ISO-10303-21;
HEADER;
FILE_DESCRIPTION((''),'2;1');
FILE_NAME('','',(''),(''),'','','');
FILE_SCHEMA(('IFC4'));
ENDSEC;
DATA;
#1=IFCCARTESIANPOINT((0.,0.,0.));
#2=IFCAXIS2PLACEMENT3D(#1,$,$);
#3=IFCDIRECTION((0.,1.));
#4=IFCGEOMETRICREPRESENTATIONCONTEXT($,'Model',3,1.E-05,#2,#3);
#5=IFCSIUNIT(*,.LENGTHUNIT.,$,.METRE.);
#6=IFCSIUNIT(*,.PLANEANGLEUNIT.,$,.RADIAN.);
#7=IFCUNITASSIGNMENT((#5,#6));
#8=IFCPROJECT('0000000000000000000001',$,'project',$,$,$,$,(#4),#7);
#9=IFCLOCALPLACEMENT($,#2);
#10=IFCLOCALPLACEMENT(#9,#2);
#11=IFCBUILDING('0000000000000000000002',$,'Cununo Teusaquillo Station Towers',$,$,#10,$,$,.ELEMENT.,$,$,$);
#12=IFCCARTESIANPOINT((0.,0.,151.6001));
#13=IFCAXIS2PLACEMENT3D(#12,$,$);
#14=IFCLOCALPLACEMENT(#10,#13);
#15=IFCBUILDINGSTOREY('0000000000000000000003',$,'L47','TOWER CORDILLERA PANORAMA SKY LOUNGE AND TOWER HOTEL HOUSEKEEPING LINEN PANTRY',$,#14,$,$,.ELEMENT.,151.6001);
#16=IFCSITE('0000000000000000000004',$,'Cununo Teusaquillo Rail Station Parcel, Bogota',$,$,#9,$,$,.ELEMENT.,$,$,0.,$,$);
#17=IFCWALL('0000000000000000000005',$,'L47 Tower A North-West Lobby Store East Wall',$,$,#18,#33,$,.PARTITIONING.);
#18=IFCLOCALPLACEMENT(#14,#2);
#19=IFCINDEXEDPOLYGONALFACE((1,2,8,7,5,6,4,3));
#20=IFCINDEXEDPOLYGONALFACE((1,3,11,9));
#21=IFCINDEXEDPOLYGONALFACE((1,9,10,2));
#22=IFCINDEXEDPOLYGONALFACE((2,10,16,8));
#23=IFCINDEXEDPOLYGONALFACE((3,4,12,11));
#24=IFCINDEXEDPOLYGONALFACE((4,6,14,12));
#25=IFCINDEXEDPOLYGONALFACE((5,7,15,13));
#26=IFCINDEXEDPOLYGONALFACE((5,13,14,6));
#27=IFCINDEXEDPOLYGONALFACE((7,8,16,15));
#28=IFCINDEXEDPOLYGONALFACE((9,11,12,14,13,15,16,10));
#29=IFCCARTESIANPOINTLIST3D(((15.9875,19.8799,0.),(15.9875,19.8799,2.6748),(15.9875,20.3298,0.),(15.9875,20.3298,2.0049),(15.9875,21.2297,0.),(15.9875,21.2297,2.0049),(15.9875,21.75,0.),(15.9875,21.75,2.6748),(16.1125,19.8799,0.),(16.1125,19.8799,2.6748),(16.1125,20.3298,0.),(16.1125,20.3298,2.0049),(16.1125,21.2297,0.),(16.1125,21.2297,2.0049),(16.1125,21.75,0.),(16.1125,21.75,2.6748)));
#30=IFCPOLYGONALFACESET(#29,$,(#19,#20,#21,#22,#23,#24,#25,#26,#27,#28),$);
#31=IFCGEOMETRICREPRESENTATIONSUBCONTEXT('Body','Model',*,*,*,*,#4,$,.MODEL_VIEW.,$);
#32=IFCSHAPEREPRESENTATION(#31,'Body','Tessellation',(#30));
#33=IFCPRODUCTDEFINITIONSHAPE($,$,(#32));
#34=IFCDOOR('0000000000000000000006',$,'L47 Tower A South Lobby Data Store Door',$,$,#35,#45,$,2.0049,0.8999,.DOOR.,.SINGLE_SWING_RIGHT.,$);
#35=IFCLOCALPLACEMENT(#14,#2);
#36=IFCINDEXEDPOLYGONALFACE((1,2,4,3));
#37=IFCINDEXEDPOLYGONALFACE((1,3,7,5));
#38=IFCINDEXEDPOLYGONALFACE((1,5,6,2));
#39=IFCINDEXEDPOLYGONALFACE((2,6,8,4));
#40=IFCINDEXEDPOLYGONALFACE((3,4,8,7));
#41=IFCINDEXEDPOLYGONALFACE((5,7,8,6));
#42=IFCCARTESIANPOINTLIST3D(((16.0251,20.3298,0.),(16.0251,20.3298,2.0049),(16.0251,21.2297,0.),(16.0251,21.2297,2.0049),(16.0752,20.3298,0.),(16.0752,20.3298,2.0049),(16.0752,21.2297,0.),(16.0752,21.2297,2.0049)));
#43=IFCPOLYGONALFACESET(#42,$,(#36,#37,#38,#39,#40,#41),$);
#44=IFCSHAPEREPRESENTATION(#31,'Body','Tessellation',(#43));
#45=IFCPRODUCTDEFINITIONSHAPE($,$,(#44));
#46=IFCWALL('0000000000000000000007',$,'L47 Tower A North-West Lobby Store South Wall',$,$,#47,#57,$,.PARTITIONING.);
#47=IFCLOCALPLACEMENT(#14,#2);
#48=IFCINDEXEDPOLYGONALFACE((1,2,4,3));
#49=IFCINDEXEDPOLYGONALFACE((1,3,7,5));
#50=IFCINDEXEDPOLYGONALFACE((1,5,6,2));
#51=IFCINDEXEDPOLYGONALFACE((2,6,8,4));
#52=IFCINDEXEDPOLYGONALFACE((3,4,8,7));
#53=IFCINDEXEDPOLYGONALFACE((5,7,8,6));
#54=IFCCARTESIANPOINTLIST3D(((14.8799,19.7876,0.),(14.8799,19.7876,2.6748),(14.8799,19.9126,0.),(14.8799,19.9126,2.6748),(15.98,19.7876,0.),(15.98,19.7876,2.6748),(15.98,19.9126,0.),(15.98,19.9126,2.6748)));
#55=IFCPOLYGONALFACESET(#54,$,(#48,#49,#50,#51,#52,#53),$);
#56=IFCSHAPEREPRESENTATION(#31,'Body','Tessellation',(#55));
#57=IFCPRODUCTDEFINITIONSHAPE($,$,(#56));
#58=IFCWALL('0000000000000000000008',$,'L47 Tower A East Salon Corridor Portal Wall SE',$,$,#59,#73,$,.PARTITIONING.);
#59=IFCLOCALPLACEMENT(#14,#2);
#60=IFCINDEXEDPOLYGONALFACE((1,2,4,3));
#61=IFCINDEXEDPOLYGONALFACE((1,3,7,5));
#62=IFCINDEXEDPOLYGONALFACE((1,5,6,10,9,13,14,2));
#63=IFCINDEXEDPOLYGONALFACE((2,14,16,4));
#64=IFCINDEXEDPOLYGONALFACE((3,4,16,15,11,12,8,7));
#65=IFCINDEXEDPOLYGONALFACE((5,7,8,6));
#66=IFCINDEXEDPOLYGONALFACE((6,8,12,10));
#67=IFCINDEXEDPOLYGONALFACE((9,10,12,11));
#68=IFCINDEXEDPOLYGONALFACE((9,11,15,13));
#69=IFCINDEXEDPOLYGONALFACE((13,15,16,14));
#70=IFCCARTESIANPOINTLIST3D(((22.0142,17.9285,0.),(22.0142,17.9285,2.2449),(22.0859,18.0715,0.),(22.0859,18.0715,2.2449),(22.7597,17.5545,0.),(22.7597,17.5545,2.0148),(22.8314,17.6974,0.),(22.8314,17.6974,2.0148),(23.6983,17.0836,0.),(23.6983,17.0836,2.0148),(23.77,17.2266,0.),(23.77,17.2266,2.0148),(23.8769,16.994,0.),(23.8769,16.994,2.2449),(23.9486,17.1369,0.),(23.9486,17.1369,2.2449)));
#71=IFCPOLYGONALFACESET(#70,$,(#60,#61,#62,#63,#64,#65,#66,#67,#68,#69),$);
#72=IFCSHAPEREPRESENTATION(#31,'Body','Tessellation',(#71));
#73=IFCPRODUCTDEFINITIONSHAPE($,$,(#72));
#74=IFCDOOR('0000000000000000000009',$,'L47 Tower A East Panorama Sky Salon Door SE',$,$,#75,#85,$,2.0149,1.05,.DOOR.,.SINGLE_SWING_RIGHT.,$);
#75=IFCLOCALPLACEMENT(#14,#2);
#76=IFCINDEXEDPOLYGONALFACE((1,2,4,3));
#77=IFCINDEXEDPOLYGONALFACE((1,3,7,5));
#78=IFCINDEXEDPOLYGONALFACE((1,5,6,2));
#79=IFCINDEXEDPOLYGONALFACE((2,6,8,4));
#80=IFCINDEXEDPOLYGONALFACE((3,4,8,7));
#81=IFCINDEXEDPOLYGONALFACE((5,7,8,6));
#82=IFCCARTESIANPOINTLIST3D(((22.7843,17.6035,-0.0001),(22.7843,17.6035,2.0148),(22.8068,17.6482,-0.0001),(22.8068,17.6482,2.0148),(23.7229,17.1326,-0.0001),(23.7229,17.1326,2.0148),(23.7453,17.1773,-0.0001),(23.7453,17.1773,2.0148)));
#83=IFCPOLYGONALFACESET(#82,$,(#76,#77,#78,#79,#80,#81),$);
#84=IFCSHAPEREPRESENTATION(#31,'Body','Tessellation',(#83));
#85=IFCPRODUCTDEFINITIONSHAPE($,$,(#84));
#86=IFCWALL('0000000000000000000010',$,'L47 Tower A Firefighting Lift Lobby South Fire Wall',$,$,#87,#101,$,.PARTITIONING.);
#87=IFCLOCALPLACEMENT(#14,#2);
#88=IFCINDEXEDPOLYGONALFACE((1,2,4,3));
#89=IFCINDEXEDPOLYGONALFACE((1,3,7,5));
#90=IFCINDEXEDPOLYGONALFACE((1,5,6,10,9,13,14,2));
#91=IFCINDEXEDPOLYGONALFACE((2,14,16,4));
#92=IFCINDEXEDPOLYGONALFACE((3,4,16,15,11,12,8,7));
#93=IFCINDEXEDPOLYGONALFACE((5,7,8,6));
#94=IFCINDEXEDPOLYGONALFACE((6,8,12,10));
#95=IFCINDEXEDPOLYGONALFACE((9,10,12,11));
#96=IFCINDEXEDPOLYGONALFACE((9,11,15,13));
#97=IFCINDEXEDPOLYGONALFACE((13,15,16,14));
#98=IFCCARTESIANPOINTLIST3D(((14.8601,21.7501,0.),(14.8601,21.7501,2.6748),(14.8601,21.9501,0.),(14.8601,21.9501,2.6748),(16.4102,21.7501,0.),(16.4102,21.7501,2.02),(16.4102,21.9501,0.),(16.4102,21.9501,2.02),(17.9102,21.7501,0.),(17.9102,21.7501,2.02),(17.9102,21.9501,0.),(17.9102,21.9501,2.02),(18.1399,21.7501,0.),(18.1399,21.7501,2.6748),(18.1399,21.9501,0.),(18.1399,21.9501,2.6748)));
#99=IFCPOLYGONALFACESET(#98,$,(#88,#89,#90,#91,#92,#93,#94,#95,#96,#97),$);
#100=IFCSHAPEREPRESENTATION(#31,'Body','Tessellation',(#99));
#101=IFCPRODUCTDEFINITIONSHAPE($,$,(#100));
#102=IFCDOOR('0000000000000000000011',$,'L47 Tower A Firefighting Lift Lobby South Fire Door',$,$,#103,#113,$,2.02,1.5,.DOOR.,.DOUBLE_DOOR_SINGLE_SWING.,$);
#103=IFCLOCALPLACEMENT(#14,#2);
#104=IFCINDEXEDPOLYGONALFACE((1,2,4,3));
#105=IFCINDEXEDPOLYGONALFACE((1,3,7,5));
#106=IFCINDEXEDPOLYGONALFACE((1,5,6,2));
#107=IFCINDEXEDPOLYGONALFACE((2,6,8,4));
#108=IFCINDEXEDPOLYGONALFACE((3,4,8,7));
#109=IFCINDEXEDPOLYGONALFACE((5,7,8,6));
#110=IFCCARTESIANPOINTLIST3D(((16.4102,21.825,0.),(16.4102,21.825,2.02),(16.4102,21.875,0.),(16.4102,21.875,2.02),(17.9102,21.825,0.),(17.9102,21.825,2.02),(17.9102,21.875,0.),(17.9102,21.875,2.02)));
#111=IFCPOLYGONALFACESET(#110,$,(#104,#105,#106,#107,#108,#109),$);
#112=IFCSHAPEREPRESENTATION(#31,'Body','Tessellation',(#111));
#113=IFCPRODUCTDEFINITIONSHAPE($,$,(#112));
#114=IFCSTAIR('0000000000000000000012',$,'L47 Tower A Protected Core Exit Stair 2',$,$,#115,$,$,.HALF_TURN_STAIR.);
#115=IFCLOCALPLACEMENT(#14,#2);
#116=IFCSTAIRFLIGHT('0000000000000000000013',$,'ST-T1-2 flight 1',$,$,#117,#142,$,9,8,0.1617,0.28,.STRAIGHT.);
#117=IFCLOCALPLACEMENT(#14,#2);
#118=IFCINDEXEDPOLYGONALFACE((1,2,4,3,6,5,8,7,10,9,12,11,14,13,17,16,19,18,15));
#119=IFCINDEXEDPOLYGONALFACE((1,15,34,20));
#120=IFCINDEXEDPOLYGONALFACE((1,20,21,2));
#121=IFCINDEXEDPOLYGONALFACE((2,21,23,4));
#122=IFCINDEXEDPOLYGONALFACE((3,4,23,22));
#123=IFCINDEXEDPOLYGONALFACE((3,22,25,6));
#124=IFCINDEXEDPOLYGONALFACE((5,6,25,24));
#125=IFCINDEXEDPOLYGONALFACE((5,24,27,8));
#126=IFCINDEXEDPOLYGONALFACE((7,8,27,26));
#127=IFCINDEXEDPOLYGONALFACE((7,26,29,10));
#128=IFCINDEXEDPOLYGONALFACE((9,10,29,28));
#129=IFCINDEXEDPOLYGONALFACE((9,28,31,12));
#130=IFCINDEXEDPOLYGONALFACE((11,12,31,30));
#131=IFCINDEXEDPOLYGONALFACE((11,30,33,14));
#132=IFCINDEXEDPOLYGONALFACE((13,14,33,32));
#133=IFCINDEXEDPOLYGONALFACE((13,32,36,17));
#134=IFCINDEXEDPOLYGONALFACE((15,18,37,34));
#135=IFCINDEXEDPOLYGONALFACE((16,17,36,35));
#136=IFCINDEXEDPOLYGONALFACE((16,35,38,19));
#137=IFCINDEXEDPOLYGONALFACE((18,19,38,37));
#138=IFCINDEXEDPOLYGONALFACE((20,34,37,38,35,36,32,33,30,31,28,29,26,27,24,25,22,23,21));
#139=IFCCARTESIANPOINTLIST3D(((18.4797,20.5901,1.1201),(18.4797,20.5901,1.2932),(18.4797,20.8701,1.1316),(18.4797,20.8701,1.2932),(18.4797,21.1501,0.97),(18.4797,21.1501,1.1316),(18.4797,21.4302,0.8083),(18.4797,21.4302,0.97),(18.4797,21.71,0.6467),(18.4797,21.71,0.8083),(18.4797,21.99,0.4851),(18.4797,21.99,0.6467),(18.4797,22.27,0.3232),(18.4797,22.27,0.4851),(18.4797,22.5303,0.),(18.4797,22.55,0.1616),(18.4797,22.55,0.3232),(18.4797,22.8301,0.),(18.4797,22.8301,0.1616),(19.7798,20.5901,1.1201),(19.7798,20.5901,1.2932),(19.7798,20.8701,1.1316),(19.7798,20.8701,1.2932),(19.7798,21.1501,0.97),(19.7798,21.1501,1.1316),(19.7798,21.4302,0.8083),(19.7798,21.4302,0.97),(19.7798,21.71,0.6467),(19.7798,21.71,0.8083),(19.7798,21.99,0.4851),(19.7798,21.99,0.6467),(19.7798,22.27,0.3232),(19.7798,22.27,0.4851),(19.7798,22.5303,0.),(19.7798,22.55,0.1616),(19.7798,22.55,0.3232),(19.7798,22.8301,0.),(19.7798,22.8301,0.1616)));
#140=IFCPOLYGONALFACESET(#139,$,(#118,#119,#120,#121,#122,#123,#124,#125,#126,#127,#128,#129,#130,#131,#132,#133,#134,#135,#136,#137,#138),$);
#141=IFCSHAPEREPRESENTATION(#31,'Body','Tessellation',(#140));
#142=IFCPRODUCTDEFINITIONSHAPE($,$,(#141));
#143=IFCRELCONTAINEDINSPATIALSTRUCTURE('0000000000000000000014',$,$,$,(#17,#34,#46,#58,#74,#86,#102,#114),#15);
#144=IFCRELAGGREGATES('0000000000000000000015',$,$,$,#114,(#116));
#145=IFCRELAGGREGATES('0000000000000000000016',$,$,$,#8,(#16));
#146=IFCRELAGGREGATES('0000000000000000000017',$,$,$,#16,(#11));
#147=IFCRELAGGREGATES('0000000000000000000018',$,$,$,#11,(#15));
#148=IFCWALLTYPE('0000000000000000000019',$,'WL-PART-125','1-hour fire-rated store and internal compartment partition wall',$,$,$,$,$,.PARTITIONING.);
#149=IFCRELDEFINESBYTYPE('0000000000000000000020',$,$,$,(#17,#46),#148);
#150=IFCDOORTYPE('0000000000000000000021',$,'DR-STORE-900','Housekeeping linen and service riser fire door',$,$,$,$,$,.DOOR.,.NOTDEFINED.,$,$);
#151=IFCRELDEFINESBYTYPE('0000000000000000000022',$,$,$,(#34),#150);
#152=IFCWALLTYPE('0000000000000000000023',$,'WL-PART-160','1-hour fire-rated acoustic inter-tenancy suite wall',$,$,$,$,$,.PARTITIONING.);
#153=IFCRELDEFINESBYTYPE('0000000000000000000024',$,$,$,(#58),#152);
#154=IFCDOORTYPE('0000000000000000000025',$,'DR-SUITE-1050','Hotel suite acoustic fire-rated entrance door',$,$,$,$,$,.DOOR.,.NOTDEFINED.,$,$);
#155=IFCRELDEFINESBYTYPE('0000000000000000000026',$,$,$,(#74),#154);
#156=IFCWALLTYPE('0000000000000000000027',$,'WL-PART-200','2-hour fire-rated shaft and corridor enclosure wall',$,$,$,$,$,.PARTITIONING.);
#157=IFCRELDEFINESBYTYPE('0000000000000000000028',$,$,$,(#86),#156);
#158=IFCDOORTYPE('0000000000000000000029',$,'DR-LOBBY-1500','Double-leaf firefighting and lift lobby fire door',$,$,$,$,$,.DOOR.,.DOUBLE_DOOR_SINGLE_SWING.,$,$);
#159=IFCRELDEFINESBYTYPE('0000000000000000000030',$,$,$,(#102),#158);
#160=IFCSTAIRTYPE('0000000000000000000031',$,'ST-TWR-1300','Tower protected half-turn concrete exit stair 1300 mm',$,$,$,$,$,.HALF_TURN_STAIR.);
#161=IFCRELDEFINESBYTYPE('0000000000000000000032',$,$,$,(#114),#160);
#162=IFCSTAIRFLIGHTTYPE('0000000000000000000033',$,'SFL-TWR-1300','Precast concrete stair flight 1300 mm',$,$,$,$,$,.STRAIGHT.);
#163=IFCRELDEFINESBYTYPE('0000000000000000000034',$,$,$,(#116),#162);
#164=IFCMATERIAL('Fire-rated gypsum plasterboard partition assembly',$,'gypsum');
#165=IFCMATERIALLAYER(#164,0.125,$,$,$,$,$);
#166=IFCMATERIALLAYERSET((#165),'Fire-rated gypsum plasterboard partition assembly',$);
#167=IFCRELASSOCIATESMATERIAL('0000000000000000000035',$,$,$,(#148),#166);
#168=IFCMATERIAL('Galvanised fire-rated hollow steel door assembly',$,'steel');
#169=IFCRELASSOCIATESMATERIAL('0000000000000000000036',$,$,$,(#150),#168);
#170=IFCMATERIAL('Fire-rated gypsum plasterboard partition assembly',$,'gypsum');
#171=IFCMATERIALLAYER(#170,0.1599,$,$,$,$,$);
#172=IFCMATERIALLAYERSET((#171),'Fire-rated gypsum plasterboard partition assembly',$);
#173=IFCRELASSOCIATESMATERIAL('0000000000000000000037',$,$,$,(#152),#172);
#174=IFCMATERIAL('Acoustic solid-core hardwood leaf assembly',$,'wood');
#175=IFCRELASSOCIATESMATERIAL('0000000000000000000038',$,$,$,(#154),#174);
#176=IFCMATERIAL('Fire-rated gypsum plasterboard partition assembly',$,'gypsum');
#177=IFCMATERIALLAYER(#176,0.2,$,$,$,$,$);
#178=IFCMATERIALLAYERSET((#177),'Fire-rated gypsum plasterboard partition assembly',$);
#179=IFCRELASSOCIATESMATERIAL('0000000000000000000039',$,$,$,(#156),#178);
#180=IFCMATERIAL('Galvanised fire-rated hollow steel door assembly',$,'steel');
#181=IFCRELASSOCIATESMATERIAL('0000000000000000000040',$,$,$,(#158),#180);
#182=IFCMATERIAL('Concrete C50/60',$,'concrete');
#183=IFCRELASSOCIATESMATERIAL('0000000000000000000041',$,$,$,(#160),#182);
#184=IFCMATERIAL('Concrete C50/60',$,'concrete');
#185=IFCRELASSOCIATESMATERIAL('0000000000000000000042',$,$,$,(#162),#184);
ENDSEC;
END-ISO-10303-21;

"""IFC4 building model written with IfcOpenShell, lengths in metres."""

from ifc_helpers import new_model, si_unit, direction, frame, frame_2d, origin, place, context, subcontext, project, spatial, polyline, rectangle, outline, extrude, source, transform, mapped, material, layer, layer_set, type_object, element, fill, aggregate, save


model = new_model("IFC4")

# Units and contexts
model_context = context("Model", 3, precision=1e-05, world=origin(), true_north=direction((0.0, 1.0)))
body_context = subcontext(model_context, "Body", "Model", "MODEL_VIEW")
ifc_project = project(units=[si_unit("LENGTHUNIT", "METRE"), si_unit("PLANEANGLEUNIT", "RADIAN")], contexts=[model_context])

# Site, building, storey
site_placement = place(None, origin())
site = spatial("IfcSite", under=ifc_project, at=site_placement, Name="Cununo Teusaquillo Rail Station Parcel, Bogota", CompositionType="ELEMENT", RefElevation=0.0)
building_placement = place(site_placement, origin())
building = spatial("IfcBuilding", under=site, at=building_placement, Name="Cununo Teusaquillo Station Towers", CompositionType="ELEMENT")
storey_placement = place(building_placement, frame((0.0, 0.0, 151.6001)))
storey = spatial("IfcBuildingStorey", under=building, at=storey_placement, Name="L47", Description="TOWER CORDILLERA PANORAMA SKY LOUNGE AND TOWER HOTEL HOUSEKEEPING LINEN PANTRY", CompositionType="ELEMENT", Elevation=151.6001)

# Wall, opening, door
ifc_material_1 = material(Name="Fire-rated gypsum plasterboard partition assembly", Category="gypsum")
ifc_layer_1 = layer(ifc_material_1, 0.125)
ifc_layer_set_1 = layer_set([ifc_layer_1], Name="Fire-rated gypsum plasterboard partition assembly")
wall_type_1 = type_object("IfcWallType", Name="WL-PART-125", Description="1-hour fire-rated store and internal compartment partition wall", PredefinedType="PARTITIONING", material=ifc_layer_set_1)
wall_1_placement = place(storey_placement, frame((16.05, 19.8799, 0.0), z_axis=(0.0, 0.0, 1.0), x_axis=(0.0, 1.0, 0.0)))
wall_1 = element("IfcWall", 1, at=wall_1_placement, inside=storey, type_object=wall_type_1, Name="L47 Tower A North-West Lobby Store East Wall", PredefinedType="PARTITIONING", context=body_context, shape_type="SweptSolid", body=[
    extrude(rectangle(XDim=1.8701, YDim=0.125, at=frame_2d((0.9351, 0.0))), origin(), (0.0, 0.0, 1.0), 2.6748),
])
shared_shape_1 = source(origin(), body_context, "Body", "SweptSolid", [
    extrude(rectangle(XDim=0.8999, YDim=2.0049, at=frame_2d((0.45, 1.0024))), frame((0.0, 0.0725, 0.0), z_axis=(0.0, -1.0, 0.0), x_axis=(1.0, 0.0, 0.0)), (0.0, 0.0, 1.0), 0.145),
])
opening_1_placement = place(wall_1_placement, frame((0.45, 0.0, 0.0)))
opening_1 = element("IfcOpeningElement", 2, at=opening_1_placement, cuts=wall_1, PredefinedType="OPENING", context=body_context, shape_type="MappedRepresentation", body=[
    mapped(shared_shape_1, transform((0.0, 0.0, 0.0), x_axis=(1.0, 0.0, 0.0), y_axis=(0.0, 1.0, 0.0), z_axis=(0.0, 0.0, 1.0), scale=1.0)),
])
ifc_material_2 = material(Name="Galvanised fire-rated hollow steel door assembly", Category="steel")
door_type_1 = type_object("IfcDoorType", Name="DR-STORE-900", Description="Housekeeping linen and service riser fire door", OperationType="NOTDEFINED", PredefinedType="DOOR", material=ifc_material_2)
shared_shape_2 = source(origin(), body_context, "Body", "SweptSolid", [
    extrude(rectangle(XDim=0.8999, YDim=2.0049, at=frame_2d((0.45, 1.0024))), frame((0.0, 0.0249, 0.0), z_axis=(0.0, -1.0, 0.0), x_axis=(1.0, 0.0, 0.0)), (0.0, 0.0, 1.0), 0.05),
])
door_1_placement = place(opening_1_placement, origin())
door_1 = element("IfcDoor", 3, at=door_1_placement, inside=storey, type_object=door_type_1, Name="L47 Tower A South Lobby Data Store Door", OperationType="SINGLE_SWING_RIGHT", OverallHeight=2.0049, OverallWidth=0.8999, PredefinedType="DOOR", context=body_context, shape_type="MappedRepresentation", body=[
    mapped(shared_shape_2, transform((0.0, 0.0, 0.0), x_axis=(1.0, 0.0, 0.0), y_axis=(0.0, 1.0, 0.0), z_axis=(0.0, 0.0, 1.0), scale=1.0)),
])
fill(opening_1, door_1)

# Wall
wall_2_placement = place(storey_placement, frame((14.8799, 19.8501, 0.0), z_axis=(0.0, 0.0, 1.0), x_axis=(1.0, 0.0, 0.0)))
element("IfcWall", 4, at=wall_2_placement, inside=storey, type_object=wall_type_1, Name="L47 Tower A North-West Lobby Store South Wall", PredefinedType="PARTITIONING", context=body_context, shape_type="SweptSolid", body=[
    extrude(rectangle(XDim=1.1001, YDim=0.125, at=frame_2d((0.55, 0.0))), origin(), (0.0, 0.0, 1.0), 2.6748),
])

# Walls, openings, doors
ifc_material_3 = material(Name="Fire-rated gypsum plasterboard partition assembly", Category="gypsum")
ifc_layer_2 = layer(ifc_material_3, 0.1599)
ifc_layer_set_2 = layer_set([ifc_layer_2], Name="Fire-rated gypsum plasterboard partition assembly")
wall_type_2 = type_object("IfcWallType", Name="WL-PART-160", Description="1-hour fire-rated acoustic inter-tenancy suite wall", PredefinedType="PARTITIONING", material=ifc_layer_set_2)
wall_3_placement = place(storey_placement, frame((22.05, 18.0, 0.0), z_axis=(0.0, 0.0, 1.0), x_axis=(0.893817, -0.448431, 0.0)))
wall_3 = element("IfcWall", 5, at=wall_3_placement, inside=storey, type_object=wall_type_2, Name="L47 Tower A East Salon Corridor Portal Wall SE", PredefinedType="PARTITIONING", context=body_context, shape_type="SweptSolid", body=[
    extrude(rectangle(XDim=2.084, YDim=0.1599, at=frame_2d((1.042, 0.0))), origin(), (0.0, 0.0, 1.0), 2.2449),
])
shared_shape_3 = source(origin(), body_context, "Body", "SweptSolid", [
    extrude(rectangle(XDim=1.05, YDim=2.0149, at=frame_2d((0.5249, 1.0073))), frame((0.0, 0.0898, 0.0), z_axis=(0.0, -1.0, 0.0), x_axis=(1.0, 0.0, 0.0)), (0.0, 0.0, 1.0), 0.1799),
])
opening_2_placement = place(wall_3_placement, frame((0.8342, 0.0, 0.0)))
opening_2 = element("IfcOpeningElement", 6, at=opening_2_placement, cuts=wall_3, PredefinedType="OPENING", context=body_context, shape_type="MappedRepresentation", body=[
    mapped(shared_shape_3, transform((0.0, 0.0, 0.0), x_axis=(1.0, 0.0, 0.0), y_axis=(0.0, 1.0, 0.0), z_axis=(0.0, 0.0, 1.0), scale=1.0)),
])
ifc_material_4 = material(Name="Acoustic solid-core hardwood leaf assembly", Category="wood")
door_type_2 = type_object("IfcDoorType", Name="DR-SUITE-1050", Description="Hotel suite acoustic fire-rated entrance door", OperationType="NOTDEFINED", PredefinedType="DOOR", material=ifc_material_4)
shared_shape_4 = source(origin(), body_context, "Body", "SweptSolid", [
    extrude(rectangle(XDim=1.05, YDim=2.0149, at=frame_2d((0.5249, 1.0073))), frame((0.0, 0.0249, 0.0), z_axis=(0.0, -1.0, 0.0), x_axis=(1.0, 0.0, 0.0)), (0.0, 0.0, 1.0), 0.05),
])
door_2_placement = place(opening_2_placement, origin())
door_2 = element("IfcDoor", 7, at=door_2_placement, inside=storey, type_object=door_type_2, Name="L47 Tower A East Panorama Sky Salon Door SE", OperationType="SINGLE_SWING_RIGHT", OverallHeight=2.0149, OverallWidth=1.05, PredefinedType="DOOR", context=body_context, shape_type="MappedRepresentation", body=[
    mapped(shared_shape_4, transform((0.0, 0.0, 0.0), x_axis=(1.0, 0.0, 0.0), y_axis=(0.0, 1.0, 0.0), z_axis=(0.0, 0.0, 1.0), scale=1.0)),
])
fill(opening_2, door_2)
ifc_material_5 = material(Name="Fire-rated gypsum plasterboard partition assembly", Category="gypsum")
ifc_layer_3 = layer(ifc_material_5, 0.2)
ifc_layer_set_3 = layer_set([ifc_layer_3], Name="Fire-rated gypsum plasterboard partition assembly")
wall_type_3 = type_object("IfcWallType", Name="WL-PART-200", Description="2-hour fire-rated shaft and corridor enclosure wall", PredefinedType="PARTITIONING", material=ifc_layer_set_3)
wall_4_placement = place(storey_placement, frame((14.8601, 21.8501, 0.0), z_axis=(0.0, 0.0, 1.0), x_axis=(1.0, 0.0, 0.0)))
wall_4 = element("IfcWall", 8, at=wall_4_placement, inside=storey, type_object=wall_type_3, Name="L47 Tower A Firefighting Lift Lobby South Fire Wall", PredefinedType="PARTITIONING", context=body_context, shape_type="SweptSolid", body=[
    extrude(rectangle(XDim=3.2798, YDim=0.2, at=frame_2d((1.6399, 0.0))), origin(), (0.0, 0.0, 1.0), 2.6748),
])
shared_shape_5 = source(origin(), body_context, "Body", "SweptSolid", [
    extrude(rectangle(XDim=1.5, YDim=2.02, at=frame_2d((0.75, 1.01))), frame((0.0, 0.1099, 0.0), z_axis=(0.0, -1.0, 0.0), x_axis=(1.0, 0.0, 0.0)), (0.0, 0.0, 1.0), 0.22),
])
opening_3_placement = place(wall_4_placement, frame((1.55, 0.0, 0.0)))
opening_3 = element("IfcOpeningElement", 9, at=opening_3_placement, cuts=wall_4, PredefinedType="OPENING", context=body_context, shape_type="MappedRepresentation", body=[
    mapped(shared_shape_5, transform((0.0, 0.0, 0.0), x_axis=(1.0, 0.0, 0.0), y_axis=(0.0, 1.0, 0.0), z_axis=(0.0, 0.0, 1.0), scale=1.0)),
])
ifc_material_6 = material(Name="Galvanised fire-rated hollow steel door assembly", Category="steel")
door_type_3 = type_object("IfcDoorType", Name="DR-LOBBY-1500", Description="Double-leaf firefighting and lift lobby fire door", OperationType="DOUBLE_DOOR_SINGLE_SWING", PredefinedType="DOOR", material=ifc_material_6)
shared_shape_6 = source(origin(), body_context, "Body", "SweptSolid", [
    extrude(rectangle(XDim=1.5, YDim=2.02, at=frame_2d((0.75, 1.01))), frame((0.0, 0.0249, 0.0), z_axis=(0.0, -1.0, 0.0), x_axis=(1.0, 0.0, 0.0)), (0.0, 0.0, 1.0), 0.05),
])
door_3_placement = place(opening_3_placement, origin())
door_3 = element("IfcDoor", 10, at=door_3_placement, inside=storey, type_object=door_type_3, Name="L47 Tower A Firefighting Lift Lobby South Fire Door", OperationType="DOUBLE_DOOR_SINGLE_SWING", OverallHeight=2.02, OverallWidth=1.5, PredefinedType="DOOR", context=body_context, shape_type="MappedRepresentation", body=[
    mapped(shared_shape_6, transform((0.0, 0.0, 0.0), x_axis=(1.0, 0.0, 0.0), y_axis=(0.0, 1.0, 0.0), z_axis=(0.0, 0.0, 1.0), scale=1.0)),
])
fill(opening_3, door_3)

# Stair, stair flight
ifc_material_7 = material(Name="Concrete C50/60", Category="concrete")
stair_type = type_object("IfcStairType", Name="ST-TWR-1300", Description="Tower protected half-turn concrete exit stair 1300 mm", PredefinedType="HALF_TURN_STAIR", material=ifc_material_7)
stair_placement = place(storey_placement, origin())
stair = element("IfcStair", 11, at=stair_placement, inside=storey, type_object=stair_type, Name="L47 Tower A Protected Core Exit Stair 2", PredefinedType="HALF_TURN_STAIR")
ifc_material_8 = material(Name="Concrete C50/60", Category="concrete")
stair_flight_type = type_object("IfcStairFlightType", Name="SFL-TWR-1300", Description="Precast concrete stair flight 1300 mm", PredefinedType="STRAIGHT", material=ifc_material_8)
stair_flight_1_placement = place(storey_placement, frame((19.1299, 22.8301, 0.0), z_axis=(0.0, 0.0, 1.0), x_axis=(0.0, -1.0, 0.0)))
stair_flight_1 = element("IfcStairFlight", 12, at=stair_flight_1_placement, type_object=stair_flight_type, Name="ST-T1-2 flight 1", NumberOfRisers=9, NumberOfTreads=8, PredefinedType="STRAIGHT", RiserHeight=0.1617, TreadLength=0.28, context=body_context, shape_type="SweptSolid", body=[
    extrude(outline(polyline([(0.0, 0.0), (0.0, 0.1616), (0.28, 0.1616), (0.28, 0.3232), (0.5601, 0.3232), (0.5601, 0.4851), (0.8401, 0.4851), (0.8401, 0.6467), (1.1201, 0.6467), (1.1201, 0.8083), (1.3999, 0.8083), (1.3999, 0.97), (1.6799, 0.97), (1.6799, 1.1316), (1.96, 1.1316), (1.96, 1.2932), (2.24, 1.2932), (2.24, 1.4551), (2.24, 1.1201), (0.2998, 0.0), (0.0, 0.0)])), frame((0.0, 0.6499, 0.0), z_axis=(0.0, -1.0, 0.0), x_axis=(1.0, 0.0, 0.0)), (0.0, 0.0, 1.0), 1.3),
])
aggregate(stair, [stair_flight_1])

save(model, "model.ifc")
